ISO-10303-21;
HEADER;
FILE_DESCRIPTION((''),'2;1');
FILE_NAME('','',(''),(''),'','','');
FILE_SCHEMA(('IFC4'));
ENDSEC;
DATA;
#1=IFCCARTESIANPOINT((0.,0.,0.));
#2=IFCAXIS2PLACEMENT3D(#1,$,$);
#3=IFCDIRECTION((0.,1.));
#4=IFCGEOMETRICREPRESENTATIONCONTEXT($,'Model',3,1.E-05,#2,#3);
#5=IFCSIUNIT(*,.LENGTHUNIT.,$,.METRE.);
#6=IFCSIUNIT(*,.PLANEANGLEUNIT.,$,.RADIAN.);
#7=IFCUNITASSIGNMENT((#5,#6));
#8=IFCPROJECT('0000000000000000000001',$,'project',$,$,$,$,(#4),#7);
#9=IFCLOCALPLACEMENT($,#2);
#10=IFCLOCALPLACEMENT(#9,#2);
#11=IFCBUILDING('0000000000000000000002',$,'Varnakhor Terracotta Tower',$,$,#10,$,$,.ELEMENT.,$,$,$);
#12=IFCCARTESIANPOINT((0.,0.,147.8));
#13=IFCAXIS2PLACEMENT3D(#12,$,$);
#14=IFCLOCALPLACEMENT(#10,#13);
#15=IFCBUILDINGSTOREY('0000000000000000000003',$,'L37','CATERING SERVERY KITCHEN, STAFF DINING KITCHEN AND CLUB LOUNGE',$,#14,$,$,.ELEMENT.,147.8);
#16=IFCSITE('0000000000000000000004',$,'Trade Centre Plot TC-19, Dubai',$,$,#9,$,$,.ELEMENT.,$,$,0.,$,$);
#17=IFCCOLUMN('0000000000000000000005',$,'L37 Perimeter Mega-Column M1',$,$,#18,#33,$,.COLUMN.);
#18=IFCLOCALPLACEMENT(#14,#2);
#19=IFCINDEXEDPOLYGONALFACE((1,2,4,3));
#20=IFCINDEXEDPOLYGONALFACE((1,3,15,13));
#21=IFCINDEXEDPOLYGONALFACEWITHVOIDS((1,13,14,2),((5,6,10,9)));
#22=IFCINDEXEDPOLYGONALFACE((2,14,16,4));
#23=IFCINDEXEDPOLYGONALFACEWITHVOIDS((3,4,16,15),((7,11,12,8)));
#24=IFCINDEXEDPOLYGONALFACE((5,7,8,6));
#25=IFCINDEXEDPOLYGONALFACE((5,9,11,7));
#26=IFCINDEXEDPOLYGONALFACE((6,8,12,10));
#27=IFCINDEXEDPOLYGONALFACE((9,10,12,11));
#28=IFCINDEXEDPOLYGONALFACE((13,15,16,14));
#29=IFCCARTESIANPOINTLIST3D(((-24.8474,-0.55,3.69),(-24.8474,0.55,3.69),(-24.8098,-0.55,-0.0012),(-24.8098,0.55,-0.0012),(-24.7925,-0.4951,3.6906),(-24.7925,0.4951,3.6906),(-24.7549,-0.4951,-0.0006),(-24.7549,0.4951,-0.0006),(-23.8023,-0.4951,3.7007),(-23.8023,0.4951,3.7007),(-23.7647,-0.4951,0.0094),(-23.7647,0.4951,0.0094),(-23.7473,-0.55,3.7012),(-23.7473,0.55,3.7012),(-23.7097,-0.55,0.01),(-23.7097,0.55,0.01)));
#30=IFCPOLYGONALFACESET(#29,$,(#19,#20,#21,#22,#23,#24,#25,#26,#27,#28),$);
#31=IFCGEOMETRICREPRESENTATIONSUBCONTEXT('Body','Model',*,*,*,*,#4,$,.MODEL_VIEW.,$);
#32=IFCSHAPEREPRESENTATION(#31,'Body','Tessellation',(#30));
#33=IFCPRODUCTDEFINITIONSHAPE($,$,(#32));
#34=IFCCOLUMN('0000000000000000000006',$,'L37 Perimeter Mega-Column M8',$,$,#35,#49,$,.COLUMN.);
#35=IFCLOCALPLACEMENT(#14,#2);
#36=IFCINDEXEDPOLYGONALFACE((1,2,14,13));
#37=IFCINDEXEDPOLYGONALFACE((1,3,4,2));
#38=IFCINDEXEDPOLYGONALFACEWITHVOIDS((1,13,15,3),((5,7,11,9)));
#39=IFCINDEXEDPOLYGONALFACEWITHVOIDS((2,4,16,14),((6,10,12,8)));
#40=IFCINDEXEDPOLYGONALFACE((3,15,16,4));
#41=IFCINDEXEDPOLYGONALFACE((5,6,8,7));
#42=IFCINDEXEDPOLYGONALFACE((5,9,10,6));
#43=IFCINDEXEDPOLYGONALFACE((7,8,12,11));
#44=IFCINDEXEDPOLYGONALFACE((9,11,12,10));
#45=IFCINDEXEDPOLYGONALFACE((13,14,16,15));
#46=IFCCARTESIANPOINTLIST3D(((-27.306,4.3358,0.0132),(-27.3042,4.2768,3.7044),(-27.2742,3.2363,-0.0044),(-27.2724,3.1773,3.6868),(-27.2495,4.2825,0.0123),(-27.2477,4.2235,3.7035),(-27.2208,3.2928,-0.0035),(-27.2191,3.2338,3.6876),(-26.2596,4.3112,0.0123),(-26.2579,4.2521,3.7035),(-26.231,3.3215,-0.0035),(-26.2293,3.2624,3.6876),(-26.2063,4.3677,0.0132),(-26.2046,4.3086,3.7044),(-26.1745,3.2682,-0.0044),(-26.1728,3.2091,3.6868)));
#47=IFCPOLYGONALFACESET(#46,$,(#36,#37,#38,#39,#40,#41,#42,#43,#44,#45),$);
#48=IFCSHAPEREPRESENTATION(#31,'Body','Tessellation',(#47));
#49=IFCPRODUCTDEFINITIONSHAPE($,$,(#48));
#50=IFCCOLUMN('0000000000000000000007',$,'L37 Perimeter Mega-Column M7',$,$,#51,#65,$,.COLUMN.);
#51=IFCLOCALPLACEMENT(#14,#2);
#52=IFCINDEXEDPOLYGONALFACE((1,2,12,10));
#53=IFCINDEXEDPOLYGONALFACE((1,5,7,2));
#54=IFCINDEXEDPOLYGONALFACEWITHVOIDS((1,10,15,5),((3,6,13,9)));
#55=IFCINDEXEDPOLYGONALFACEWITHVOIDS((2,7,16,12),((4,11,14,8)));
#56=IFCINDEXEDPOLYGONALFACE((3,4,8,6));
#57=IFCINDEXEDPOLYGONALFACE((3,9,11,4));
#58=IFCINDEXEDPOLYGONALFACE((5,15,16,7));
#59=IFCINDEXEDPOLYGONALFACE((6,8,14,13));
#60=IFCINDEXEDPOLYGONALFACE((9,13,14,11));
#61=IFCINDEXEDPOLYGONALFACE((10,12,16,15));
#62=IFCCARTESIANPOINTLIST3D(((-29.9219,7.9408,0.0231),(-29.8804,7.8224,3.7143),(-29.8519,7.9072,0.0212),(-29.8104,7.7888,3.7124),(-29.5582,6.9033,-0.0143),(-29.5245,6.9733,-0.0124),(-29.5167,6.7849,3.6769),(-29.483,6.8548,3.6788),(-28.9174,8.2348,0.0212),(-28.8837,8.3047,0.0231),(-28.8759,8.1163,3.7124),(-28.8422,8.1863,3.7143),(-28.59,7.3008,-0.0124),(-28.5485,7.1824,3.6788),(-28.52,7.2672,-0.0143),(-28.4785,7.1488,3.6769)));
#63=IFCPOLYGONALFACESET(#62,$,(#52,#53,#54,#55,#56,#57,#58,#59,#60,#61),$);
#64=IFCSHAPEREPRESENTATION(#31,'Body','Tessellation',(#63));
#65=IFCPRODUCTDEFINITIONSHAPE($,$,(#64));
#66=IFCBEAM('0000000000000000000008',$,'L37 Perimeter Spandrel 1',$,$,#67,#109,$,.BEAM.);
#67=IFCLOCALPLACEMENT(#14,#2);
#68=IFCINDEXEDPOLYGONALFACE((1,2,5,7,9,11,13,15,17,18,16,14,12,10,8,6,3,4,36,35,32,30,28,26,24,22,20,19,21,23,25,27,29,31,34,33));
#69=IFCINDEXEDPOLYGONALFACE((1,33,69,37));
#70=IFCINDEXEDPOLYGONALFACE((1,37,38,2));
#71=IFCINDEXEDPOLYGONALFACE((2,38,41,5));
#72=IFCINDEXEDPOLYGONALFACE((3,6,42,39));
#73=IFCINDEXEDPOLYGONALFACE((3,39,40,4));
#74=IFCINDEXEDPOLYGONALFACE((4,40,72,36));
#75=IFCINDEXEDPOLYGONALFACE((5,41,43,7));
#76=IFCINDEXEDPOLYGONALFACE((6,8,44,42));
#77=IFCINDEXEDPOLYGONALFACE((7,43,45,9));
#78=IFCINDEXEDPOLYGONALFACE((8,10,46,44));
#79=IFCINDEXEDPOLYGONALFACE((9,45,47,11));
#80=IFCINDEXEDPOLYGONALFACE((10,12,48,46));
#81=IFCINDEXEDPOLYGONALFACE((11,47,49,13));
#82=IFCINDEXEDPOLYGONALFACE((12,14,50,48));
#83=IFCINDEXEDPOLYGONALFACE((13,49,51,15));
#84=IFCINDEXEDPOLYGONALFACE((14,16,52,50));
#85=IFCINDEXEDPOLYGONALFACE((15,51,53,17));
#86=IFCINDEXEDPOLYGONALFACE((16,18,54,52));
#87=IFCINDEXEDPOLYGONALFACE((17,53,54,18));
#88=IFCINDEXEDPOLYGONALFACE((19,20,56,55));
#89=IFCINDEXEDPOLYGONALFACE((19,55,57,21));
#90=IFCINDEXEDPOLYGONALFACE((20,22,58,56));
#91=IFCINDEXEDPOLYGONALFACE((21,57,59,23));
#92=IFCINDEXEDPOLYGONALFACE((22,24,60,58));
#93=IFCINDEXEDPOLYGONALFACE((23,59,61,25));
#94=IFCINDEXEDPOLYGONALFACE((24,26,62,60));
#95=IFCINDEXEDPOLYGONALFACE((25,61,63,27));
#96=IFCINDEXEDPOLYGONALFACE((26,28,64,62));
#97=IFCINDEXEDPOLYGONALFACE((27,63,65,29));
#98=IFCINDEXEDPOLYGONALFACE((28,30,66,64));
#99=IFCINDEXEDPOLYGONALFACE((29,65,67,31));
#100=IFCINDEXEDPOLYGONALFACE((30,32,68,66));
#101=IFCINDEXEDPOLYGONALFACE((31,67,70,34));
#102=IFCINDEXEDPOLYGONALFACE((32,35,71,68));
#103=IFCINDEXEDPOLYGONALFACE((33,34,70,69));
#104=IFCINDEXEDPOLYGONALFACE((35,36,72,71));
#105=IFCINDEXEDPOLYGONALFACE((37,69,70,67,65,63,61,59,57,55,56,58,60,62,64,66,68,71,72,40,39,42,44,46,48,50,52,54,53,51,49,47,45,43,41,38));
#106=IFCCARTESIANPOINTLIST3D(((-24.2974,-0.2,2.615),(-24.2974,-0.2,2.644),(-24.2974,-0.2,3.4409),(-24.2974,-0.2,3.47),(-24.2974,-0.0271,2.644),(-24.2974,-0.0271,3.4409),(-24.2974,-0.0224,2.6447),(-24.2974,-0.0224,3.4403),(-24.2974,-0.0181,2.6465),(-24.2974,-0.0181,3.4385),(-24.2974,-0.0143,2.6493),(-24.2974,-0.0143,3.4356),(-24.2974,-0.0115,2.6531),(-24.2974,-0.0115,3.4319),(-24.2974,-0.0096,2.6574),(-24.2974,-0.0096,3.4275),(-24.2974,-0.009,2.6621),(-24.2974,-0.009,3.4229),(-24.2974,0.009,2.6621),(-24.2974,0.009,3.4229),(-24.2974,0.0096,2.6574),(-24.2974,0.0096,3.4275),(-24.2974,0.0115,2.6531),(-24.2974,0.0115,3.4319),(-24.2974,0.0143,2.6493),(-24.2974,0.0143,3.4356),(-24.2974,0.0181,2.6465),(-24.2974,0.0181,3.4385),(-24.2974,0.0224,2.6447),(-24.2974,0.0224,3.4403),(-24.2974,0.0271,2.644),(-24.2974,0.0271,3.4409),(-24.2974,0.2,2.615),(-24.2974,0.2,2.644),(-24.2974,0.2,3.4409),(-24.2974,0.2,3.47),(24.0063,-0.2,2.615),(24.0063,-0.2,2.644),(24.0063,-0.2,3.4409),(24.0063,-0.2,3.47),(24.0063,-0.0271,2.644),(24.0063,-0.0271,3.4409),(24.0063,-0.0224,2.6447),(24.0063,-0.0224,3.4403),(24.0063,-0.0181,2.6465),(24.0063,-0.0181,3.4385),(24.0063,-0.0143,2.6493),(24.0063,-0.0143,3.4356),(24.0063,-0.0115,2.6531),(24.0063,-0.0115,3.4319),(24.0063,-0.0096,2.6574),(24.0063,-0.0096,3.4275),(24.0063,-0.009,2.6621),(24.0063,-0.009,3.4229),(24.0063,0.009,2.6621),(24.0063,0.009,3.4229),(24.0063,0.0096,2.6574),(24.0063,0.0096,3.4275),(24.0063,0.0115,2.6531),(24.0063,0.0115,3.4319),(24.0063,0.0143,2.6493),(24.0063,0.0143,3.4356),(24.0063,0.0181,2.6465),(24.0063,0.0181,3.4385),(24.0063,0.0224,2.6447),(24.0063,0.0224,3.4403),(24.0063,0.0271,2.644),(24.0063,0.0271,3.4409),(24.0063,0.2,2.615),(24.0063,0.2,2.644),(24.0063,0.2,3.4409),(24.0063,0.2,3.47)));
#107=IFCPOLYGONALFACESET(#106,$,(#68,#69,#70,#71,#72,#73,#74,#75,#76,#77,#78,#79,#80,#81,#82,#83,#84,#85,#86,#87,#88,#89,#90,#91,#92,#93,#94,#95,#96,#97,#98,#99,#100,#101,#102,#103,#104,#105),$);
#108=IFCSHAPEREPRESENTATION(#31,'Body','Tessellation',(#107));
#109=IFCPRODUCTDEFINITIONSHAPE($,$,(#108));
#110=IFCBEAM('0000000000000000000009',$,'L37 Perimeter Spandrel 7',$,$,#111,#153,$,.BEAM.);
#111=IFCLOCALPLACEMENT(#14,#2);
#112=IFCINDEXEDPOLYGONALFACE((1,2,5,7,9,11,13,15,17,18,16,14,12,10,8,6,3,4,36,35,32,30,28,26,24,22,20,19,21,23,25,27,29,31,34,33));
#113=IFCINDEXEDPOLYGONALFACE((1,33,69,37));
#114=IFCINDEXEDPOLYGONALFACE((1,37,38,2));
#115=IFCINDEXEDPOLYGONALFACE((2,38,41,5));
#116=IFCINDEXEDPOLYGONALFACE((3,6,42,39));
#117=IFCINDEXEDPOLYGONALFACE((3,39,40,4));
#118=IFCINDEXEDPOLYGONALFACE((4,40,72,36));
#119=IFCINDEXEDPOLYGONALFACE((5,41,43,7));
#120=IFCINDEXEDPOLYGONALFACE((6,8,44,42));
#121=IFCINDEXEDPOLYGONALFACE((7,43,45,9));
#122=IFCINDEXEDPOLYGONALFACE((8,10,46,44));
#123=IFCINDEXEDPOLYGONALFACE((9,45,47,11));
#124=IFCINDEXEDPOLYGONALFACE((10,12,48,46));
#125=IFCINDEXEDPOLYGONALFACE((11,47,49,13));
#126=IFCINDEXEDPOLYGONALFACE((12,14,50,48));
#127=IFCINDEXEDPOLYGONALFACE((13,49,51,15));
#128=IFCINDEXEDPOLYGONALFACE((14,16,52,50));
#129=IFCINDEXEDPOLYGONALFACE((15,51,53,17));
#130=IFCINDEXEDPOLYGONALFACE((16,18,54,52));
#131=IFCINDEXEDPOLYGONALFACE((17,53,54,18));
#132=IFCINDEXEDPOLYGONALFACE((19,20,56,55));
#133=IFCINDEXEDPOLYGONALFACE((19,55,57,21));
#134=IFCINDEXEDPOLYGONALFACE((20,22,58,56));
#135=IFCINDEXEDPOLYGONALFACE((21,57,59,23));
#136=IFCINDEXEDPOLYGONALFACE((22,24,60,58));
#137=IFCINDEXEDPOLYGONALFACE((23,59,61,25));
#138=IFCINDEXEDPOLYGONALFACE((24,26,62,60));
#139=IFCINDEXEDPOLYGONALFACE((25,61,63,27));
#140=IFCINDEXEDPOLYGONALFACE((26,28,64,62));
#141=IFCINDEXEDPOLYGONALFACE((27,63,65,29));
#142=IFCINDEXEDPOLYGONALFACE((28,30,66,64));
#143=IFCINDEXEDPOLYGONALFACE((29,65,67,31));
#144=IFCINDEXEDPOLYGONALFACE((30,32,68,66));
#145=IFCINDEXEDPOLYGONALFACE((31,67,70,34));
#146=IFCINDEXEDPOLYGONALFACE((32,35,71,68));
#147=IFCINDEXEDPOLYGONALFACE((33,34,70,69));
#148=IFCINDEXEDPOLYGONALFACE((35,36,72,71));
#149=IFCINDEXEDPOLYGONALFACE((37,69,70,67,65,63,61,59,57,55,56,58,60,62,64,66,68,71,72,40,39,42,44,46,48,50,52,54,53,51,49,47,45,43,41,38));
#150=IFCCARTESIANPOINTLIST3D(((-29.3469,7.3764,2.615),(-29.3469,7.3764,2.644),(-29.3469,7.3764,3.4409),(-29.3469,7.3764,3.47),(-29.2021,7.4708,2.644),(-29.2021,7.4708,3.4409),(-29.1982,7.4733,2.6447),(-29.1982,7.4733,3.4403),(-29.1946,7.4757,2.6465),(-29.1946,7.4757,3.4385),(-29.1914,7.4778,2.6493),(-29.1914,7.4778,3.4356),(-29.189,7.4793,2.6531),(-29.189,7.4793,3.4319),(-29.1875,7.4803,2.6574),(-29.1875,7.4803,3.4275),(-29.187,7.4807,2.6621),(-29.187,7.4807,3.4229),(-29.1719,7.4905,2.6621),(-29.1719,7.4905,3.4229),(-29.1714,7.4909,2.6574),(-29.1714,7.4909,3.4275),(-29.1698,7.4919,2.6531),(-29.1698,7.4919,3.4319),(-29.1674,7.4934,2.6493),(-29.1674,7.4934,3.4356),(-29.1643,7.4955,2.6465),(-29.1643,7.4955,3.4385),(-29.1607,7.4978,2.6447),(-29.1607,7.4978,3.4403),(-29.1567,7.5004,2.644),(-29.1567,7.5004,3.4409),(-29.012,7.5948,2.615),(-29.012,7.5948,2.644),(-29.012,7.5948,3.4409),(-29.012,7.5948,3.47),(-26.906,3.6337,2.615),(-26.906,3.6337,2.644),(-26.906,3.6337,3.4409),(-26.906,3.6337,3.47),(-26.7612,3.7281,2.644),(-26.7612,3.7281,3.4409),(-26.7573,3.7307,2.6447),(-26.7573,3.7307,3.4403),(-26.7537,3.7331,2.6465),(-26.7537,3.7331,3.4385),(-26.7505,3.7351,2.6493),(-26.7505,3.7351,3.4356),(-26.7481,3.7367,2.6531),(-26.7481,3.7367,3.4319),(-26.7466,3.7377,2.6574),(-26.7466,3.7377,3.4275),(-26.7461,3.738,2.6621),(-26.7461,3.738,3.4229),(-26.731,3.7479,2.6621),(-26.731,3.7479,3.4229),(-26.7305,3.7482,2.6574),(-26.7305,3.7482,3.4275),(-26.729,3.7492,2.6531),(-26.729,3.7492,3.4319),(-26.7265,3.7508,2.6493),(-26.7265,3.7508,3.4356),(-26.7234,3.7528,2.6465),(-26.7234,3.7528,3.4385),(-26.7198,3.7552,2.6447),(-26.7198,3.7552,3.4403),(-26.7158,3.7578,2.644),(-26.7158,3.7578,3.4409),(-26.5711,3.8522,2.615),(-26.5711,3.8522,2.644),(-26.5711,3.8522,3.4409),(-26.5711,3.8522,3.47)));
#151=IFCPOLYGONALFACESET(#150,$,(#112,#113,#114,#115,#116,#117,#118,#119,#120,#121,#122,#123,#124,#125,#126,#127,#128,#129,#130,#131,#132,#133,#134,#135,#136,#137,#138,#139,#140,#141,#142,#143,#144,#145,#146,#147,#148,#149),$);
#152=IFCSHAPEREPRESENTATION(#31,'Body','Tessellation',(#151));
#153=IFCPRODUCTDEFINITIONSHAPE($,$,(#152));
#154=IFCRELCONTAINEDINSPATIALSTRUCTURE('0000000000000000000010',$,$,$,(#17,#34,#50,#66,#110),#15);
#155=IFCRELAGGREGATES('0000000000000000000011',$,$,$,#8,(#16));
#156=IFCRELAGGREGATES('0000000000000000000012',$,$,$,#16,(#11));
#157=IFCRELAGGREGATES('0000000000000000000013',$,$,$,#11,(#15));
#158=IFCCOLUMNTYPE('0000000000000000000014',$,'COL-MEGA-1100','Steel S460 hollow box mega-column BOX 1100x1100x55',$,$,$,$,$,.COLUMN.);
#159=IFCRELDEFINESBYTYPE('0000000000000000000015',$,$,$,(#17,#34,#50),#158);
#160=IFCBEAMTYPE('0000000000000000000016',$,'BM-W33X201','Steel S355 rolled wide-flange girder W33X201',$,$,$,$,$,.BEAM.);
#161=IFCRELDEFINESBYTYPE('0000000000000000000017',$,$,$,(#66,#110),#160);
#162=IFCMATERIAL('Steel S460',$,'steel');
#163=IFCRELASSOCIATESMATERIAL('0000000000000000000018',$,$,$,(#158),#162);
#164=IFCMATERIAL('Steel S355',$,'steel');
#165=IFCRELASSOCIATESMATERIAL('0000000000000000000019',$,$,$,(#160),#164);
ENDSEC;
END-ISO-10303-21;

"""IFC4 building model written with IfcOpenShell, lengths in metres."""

from ifc_helpers import new_model, si_unit, direction, frame, origin, origin_2d, place, context, subcontext, project, spatial, hollow_rectangle, i_section, extrude, source, transform, mapped, material, material_profile, profile_set, type_object, element, save


model = new_model("IFC4")

# Units and contexts
model_context = context("Model", 3, precision=1e-05, world=origin(), true_north=direction((0.0, 1.0)))
body_context = subcontext(model_context, "Body", "Model", "MODEL_VIEW")
ifc_project = project(units=[si_unit("LENGTHUNIT", "METRE"), si_unit("PLANEANGLEUNIT", "RADIAN")], contexts=[model_context])

# Site, building, storey
site_placement = place(None, origin())
site = spatial("IfcSite", under=ifc_project, at=site_placement, Name="Trade Centre Plot TC-19, Dubai", CompositionType="ELEMENT", RefElevation=0.0)
building_placement = place(site_placement, origin())
building = spatial("IfcBuilding", under=site, at=building_placement, Name="Varnakhor Terracotta Tower", CompositionType="ELEMENT")
storey_placement = place(building_placement, frame((0.0, 0.0, 147.8)))
storey = spatial("IfcBuildingStorey", under=building, at=storey_placement, Name="L37", Description="CATERING SERVERY KITCHEN, STAFF DINING KITCHEN AND CLUB LOUNGE", CompositionType="ELEMENT", Elevation=147.8)

# Columns
ifc_material_1 = material(Name="Steel S460", Category="steel")
ifc_material_profile_1 = material_profile(ifc_material_1, hollow_rectangle(XDim=1.1001, YDim=1.1001, WallThickness=0.0549, at=origin_2d()), Name="BOX 1100x1100x55")
ifc_profile_set_1 = profile_set([ifc_material_profile_1], Name="Steel S460")
column_type = type_object("IfcColumnType", Name="COL-MEGA-1100", Description="Steel S460 hollow box mega-column BOX 1100x1100x55", PredefinedType="COLUMN", material=ifc_profile_set_1)
shared_shape_1 = source(origin(), body_context, "Body", "SweptSolid", [
    extrude(hollow_rectangle(XDim=1.1001, YDim=1.1001, WallThickness=0.0549, at=origin_2d()), origin(), (0.0, 0.0, 1.0), 3.6914),
])
column_1_placement = place(storey_placement, frame((-24.2598, 0.0, 0.0044), z_axis=(-0.010185, 0.0, 0.999948), x_axis=(0.0, -1.0, 0.0)))
element("IfcColumn", 1, at=column_1_placement, inside=storey, type_object=column_type, Name="L37 Perimeter Mega-Column M1", PredefinedType="COLUMN", context=body_context, shape_type="MappedRepresentation", body=[
    mapped(shared_shape_1, transform((0.0, 0.0, 0.0), scale=1.0)),
])
shared_shape_2 = source(origin(), body_context, "Body", "SweptSolid", [
    extrude(hollow_rectangle(XDim=1.1001, YDim=1.1001, WallThickness=0.0549, at=origin_2d()), origin(), (0.0, 0.0, 1.0), 3.6917),
])
column_2_placement = place(storey_placement, frame((-26.7402, 3.802, 0.0044), z_axis=(0.000463, -0.016004, 0.999872), x_axis=(0.999582, 0.028914, 0.0)))
element("IfcColumn", 2, at=column_2_placement, inside=storey, type_object=column_type, Name="L37 Perimeter Mega-Column M8", PredefinedType="COLUMN", context=body_context, shape_type="MappedRepresentation", body=[
    mapped(shared_shape_2, transform((0.0, 0.0, 0.0), scale=1.0)),
])
shared_shape_3 = source(origin(), body_context, "Body", "SweptSolid", [
    extrude(hollow_rectangle(XDim=1.1001, YDim=1.1001, WallThickness=0.0549, at=origin_2d()), origin(), (0.0, 0.0, 1.0), 3.6934),
])
column_3_placement = place(storey_placement, frame((-29.2209, 7.604, 0.0044), z_axis=(0.011238, -0.03206, 0.999423), x_axis=(0.943707, 0.330784, 0.0)))
element("IfcColumn", 3, at=column_3_placement, inside=storey, type_object=column_type, Name="L37 Perimeter Mega-Column M7", PredefinedType="COLUMN", context=body_context, shape_type="MappedRepresentation", body=[
    mapped(shared_shape_3, transform((0.0, 0.0, 0.0), scale=1.0)),
])

# Beams
ifc_material_2 = material(Name="Steel S355", Category="steel")
ifc_material_profile_2 = material_profile(ifc_material_2, i_section(OverallWidth=0.3999, OverallDepth=0.855, WebThickness=0.0181, FlangeThickness=0.0291, FilletRadius=0.0181, at=origin_2d()), Name="W33X201")
ifc_profile_set_2 = profile_set([ifc_material_profile_2], Name="Steel S355")
beam_type_1 = type_object("IfcBeamType", Name="BM-W33X201", Description="Steel S355 rolled wide-flange girder W33X201", PredefinedType="BEAM", material=ifc_profile_set_2)
shared_shape_4 = source(origin(), body_context, "Body", "SweptSolid", [
    extrude(i_section(OverallWidth=0.3999, OverallDepth=0.855, WebThickness=0.0181, FlangeThickness=0.0291, FilletRadius=0.0181, at=origin_2d()), origin(), (0.0, 0.0, 1.0), 48.3037),
])
beam_1_placement = place(storey_placement, frame((-24.2974, 0.0, 3.0425), z_axis=(1.0, 0.0, 0.0), x_axis=(0.0, 1.0, 0.0)))
element("IfcBeam", 4, at=beam_1_placement, inside=storey, type_object=beam_type_1, Name="L37 Perimeter Spandrel 1", PredefinedType="BEAM", context=body_context, shape_type="MappedRepresentation", body=[
    mapped(shared_shape_4, transform((0.0, 0.0, 0.0), scale=1.0)),
])
shared_shape_5 = source(origin(), body_context, "Body", "SweptSolid", [
    extrude(i_section(OverallWidth=0.3999, OverallDepth=0.855, WebThickness=0.0181, FlangeThickness=0.0291, FilletRadius=0.0181, at=origin_2d()), origin(), (0.0, 0.0, 1.0), 4.4683),
])
beam_2_placement = place(storey_placement, frame((-29.1794, 7.4856, 3.0425), z_axis=(0.546274, -0.837606, 0.0), x_axis=(0.837606, 0.546274, 0.0)))
element("IfcBeam", 5, at=beam_2_placement, inside=storey, type_object=beam_type_1, Name="L37 Perimeter Spandrel 7", PredefinedType="BEAM", context=body_context, shape_type="MappedRepresentation", body=[
    mapped(shared_shape_5, transform((0.0, 0.0, 0.0), scale=1.0)),
])

save(model, "model.ifc")
